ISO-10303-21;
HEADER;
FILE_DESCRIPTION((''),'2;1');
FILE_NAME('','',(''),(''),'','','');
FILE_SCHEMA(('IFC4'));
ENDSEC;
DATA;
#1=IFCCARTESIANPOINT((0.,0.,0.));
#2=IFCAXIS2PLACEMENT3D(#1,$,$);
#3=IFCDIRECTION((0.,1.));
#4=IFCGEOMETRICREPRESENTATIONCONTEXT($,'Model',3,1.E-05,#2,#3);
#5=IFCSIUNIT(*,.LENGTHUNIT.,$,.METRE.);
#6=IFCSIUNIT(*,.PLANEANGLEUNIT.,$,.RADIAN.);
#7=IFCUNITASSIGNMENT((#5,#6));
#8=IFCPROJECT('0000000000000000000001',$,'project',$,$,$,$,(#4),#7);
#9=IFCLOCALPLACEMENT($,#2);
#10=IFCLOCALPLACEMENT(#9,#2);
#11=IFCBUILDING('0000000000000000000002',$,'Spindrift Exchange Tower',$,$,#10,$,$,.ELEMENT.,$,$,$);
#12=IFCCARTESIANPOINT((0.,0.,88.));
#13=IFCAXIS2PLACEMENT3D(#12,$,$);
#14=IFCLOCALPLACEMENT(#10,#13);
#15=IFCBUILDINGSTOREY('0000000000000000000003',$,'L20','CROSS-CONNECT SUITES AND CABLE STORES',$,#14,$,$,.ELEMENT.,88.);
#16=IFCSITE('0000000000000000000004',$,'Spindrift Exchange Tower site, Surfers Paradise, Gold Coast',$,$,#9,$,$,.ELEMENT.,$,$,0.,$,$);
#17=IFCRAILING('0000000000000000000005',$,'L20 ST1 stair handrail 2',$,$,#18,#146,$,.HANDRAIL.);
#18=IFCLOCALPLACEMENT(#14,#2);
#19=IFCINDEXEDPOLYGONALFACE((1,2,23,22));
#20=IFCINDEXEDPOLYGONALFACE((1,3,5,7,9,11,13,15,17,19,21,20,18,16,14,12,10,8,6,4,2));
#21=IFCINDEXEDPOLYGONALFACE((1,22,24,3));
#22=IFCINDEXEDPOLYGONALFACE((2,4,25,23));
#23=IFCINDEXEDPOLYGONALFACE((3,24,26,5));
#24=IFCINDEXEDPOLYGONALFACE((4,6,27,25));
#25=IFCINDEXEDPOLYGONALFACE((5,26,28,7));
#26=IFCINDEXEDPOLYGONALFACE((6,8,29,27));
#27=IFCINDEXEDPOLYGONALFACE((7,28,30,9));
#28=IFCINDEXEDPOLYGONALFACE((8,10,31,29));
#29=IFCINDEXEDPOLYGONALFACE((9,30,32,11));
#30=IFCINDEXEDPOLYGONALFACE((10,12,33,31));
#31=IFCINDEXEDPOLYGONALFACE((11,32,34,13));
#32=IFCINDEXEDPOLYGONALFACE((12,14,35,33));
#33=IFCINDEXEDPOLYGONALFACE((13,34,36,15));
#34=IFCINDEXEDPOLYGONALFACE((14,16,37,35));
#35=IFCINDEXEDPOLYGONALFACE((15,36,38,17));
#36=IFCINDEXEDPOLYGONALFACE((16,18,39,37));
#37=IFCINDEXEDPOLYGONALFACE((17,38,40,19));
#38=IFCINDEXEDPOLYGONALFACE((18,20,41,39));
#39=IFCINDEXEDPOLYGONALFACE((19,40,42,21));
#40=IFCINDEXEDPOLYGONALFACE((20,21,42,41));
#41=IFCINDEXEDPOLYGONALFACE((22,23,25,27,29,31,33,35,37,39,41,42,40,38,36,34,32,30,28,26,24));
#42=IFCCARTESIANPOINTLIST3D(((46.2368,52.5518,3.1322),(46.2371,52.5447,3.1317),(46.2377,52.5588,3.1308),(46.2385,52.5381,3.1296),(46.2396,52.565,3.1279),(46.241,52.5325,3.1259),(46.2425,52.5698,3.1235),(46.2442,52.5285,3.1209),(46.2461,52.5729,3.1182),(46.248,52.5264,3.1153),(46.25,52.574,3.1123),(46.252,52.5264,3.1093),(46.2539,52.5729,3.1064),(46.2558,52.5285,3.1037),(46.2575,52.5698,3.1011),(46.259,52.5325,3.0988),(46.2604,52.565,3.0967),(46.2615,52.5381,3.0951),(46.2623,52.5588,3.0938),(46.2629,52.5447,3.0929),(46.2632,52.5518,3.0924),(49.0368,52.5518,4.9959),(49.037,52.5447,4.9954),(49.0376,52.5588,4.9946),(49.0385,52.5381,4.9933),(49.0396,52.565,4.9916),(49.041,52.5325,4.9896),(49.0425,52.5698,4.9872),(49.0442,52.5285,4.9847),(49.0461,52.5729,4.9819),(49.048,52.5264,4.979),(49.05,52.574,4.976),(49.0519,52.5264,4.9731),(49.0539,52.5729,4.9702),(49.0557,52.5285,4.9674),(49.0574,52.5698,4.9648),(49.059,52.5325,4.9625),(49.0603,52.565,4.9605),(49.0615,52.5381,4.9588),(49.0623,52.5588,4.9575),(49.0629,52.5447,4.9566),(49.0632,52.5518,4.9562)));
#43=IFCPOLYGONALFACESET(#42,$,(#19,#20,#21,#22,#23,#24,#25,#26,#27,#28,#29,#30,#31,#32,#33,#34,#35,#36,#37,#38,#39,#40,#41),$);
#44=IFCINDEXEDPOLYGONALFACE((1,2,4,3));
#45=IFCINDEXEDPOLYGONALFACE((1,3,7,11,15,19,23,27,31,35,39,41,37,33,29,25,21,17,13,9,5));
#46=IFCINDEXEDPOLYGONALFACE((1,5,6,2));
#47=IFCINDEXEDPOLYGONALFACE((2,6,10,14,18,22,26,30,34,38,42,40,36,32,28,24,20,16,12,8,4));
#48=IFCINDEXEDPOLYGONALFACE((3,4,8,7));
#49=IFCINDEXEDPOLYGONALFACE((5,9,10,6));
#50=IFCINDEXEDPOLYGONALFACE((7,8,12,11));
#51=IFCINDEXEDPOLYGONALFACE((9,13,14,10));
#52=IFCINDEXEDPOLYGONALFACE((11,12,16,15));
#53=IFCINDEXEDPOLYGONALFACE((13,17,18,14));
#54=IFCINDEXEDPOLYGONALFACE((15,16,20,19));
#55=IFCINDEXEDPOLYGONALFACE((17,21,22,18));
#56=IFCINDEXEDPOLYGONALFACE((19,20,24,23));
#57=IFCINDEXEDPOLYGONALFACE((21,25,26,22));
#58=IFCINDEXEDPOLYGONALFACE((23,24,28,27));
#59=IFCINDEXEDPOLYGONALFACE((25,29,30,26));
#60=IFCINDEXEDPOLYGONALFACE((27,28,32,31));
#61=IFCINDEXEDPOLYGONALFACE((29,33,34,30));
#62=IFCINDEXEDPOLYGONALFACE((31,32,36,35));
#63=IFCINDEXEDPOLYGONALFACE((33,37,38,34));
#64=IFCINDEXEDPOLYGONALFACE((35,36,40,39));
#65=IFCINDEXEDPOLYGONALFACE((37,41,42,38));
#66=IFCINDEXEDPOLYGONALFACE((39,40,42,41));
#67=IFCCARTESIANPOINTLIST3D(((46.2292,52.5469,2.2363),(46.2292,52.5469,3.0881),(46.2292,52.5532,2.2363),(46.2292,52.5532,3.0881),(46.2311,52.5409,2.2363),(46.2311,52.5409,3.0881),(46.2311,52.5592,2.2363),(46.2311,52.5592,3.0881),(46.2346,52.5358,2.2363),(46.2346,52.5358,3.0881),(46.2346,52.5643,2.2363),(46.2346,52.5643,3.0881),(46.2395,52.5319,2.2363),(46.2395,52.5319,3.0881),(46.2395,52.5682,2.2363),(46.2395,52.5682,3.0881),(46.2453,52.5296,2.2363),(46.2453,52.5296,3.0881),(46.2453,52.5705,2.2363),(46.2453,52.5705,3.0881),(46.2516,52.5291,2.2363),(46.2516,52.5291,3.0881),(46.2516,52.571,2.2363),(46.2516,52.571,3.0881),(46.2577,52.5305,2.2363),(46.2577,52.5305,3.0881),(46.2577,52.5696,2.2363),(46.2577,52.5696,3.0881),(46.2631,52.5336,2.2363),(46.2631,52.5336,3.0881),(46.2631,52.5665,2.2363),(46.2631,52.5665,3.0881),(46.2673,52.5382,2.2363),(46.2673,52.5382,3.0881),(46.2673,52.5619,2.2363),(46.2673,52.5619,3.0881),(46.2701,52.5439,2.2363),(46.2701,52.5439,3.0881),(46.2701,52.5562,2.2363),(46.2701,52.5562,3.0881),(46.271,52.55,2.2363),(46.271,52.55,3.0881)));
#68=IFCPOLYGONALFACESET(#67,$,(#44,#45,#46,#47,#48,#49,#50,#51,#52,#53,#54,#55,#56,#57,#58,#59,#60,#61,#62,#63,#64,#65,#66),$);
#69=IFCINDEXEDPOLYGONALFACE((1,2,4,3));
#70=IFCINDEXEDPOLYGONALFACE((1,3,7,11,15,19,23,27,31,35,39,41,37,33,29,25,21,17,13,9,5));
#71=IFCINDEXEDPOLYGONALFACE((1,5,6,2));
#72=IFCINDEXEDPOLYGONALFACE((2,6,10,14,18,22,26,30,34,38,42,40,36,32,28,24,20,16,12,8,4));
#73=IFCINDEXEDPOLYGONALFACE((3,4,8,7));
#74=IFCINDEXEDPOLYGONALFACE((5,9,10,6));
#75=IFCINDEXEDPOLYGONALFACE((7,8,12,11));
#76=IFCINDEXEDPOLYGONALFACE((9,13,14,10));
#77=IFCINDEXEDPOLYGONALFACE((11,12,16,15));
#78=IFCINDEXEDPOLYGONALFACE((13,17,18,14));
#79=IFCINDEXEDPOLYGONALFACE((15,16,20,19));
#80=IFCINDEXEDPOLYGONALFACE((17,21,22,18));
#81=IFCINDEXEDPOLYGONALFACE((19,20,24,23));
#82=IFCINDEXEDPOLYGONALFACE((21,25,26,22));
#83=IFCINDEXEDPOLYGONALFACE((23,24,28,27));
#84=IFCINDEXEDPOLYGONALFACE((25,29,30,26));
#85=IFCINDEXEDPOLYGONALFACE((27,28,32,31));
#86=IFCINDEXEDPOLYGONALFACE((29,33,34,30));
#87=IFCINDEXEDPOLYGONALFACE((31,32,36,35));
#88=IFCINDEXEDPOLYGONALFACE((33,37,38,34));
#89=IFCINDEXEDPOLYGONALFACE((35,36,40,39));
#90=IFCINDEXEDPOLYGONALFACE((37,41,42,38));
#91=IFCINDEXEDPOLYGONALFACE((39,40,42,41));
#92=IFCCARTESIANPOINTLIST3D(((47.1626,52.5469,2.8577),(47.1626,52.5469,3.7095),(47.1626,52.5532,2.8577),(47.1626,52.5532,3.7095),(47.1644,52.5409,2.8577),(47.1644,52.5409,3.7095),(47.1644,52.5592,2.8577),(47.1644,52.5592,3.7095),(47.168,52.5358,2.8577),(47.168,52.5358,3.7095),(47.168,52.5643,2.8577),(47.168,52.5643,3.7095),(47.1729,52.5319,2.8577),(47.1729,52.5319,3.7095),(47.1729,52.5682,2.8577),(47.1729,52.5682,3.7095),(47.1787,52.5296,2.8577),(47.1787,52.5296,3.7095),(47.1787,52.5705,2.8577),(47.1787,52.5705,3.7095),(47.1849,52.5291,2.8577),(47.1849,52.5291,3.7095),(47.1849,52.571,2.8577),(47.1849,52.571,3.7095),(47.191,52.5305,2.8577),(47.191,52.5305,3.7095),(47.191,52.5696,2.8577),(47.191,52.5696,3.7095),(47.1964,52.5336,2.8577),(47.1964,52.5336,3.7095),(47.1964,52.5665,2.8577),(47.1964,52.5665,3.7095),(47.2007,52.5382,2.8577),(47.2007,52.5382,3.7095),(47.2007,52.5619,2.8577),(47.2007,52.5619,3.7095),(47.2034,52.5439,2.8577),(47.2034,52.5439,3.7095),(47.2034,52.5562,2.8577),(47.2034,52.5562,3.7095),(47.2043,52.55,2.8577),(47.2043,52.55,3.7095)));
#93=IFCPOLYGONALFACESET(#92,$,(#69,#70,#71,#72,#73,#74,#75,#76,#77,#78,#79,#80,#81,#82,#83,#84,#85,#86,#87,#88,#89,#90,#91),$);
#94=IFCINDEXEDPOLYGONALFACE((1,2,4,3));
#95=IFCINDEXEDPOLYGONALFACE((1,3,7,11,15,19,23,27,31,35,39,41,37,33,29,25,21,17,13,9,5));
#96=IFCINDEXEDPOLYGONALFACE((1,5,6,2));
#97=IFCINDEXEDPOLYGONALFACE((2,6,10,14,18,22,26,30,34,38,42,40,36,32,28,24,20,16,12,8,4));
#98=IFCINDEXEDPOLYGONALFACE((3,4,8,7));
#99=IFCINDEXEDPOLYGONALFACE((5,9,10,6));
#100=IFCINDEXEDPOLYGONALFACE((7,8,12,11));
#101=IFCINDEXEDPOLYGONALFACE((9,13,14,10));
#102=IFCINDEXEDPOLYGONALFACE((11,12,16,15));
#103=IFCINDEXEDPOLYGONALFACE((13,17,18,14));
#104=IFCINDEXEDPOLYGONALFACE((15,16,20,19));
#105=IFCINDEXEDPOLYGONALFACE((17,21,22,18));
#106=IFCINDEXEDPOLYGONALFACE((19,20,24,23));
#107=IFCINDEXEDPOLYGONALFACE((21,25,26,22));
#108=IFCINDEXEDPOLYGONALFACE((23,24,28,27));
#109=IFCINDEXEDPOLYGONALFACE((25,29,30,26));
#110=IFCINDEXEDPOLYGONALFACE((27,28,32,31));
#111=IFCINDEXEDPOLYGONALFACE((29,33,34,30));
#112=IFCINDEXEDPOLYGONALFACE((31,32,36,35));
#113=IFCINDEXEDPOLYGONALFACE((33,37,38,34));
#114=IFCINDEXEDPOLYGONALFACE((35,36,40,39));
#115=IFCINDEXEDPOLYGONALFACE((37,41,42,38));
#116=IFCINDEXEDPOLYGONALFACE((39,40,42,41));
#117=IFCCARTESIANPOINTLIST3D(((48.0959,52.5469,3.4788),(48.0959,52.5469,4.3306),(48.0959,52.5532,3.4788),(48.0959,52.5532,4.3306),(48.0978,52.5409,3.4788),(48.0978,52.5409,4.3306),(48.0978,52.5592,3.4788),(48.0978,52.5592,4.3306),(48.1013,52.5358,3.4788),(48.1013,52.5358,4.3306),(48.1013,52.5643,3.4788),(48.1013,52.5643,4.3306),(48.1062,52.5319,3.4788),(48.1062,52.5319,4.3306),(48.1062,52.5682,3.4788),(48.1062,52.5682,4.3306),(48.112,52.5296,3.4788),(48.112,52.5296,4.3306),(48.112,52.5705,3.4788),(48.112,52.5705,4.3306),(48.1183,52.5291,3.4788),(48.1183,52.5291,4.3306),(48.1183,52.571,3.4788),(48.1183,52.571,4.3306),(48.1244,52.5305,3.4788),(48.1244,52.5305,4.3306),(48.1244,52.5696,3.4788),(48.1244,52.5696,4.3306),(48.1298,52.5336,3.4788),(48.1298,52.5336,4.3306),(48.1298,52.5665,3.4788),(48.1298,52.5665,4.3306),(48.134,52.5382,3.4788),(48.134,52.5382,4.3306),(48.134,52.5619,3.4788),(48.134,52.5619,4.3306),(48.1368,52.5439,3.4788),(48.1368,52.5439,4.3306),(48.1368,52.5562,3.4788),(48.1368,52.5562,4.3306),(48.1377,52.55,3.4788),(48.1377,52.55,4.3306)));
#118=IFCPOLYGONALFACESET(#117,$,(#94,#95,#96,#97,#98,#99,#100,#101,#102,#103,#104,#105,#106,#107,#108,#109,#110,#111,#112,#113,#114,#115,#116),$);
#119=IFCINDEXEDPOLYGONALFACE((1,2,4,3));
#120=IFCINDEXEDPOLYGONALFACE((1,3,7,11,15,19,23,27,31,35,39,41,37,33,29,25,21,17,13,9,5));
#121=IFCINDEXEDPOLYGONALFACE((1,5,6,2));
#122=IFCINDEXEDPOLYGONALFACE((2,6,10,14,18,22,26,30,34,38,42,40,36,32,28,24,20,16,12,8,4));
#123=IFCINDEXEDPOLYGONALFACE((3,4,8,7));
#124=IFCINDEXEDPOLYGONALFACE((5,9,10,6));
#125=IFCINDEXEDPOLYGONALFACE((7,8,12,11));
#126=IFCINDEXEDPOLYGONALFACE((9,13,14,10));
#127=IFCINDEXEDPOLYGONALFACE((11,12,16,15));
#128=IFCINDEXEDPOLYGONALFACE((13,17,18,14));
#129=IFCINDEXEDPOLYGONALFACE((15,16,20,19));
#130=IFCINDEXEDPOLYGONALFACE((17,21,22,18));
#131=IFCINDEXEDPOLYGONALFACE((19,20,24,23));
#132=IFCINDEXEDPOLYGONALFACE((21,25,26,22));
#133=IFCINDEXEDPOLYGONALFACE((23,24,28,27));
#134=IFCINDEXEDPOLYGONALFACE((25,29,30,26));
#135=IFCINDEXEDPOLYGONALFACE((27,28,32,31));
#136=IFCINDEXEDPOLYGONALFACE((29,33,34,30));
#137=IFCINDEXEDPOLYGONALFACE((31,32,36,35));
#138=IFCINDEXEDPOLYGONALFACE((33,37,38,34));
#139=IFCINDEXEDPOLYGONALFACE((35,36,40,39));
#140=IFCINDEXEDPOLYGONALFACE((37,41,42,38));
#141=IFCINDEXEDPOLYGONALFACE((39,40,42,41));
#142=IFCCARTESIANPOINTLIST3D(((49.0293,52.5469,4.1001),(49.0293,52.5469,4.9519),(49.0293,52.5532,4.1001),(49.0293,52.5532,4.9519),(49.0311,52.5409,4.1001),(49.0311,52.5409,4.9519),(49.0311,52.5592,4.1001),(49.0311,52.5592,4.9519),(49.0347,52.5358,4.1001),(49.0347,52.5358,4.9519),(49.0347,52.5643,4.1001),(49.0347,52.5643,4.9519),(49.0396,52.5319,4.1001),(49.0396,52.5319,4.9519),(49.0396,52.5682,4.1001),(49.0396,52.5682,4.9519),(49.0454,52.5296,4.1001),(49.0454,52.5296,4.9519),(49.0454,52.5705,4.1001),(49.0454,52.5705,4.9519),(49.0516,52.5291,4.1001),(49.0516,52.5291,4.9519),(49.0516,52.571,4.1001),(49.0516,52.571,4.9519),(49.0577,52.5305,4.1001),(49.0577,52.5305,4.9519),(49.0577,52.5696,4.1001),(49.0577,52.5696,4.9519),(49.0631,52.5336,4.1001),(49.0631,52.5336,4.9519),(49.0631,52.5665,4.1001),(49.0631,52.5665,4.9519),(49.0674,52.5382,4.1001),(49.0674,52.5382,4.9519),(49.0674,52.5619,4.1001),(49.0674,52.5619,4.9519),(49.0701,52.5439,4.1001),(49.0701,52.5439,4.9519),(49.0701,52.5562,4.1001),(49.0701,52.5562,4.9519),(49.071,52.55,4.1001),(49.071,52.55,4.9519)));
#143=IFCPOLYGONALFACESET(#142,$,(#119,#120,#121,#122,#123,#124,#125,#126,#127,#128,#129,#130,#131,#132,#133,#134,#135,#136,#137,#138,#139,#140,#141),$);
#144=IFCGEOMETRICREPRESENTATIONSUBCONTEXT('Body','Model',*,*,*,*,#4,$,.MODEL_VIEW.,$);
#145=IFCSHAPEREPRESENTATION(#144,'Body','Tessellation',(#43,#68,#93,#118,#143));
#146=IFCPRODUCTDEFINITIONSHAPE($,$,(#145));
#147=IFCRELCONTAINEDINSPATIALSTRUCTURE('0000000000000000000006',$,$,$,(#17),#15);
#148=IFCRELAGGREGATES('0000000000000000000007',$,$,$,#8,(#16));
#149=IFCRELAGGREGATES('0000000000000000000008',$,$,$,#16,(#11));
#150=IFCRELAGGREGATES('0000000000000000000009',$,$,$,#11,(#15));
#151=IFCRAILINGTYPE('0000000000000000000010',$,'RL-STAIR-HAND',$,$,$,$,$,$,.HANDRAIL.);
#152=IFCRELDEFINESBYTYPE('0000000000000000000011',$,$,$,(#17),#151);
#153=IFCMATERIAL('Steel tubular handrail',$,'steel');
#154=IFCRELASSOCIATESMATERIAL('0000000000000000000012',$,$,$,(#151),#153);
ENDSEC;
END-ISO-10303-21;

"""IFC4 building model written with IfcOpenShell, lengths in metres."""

from ifc_helpers import new_model, si_unit, direction, frame, origin, origin_2d, place, context, subcontext, project, spatial, circle, extrude, material, type_object, element, save


model = new_model("IFC4")

# Units and contexts
model_context = context("Model", 3, precision=1e-05, world=origin(), true_north=direction((0.0, 1.0)))
body_context = subcontext(model_context, "Body", "Model", "MODEL_VIEW")
ifc_project = project(units=[si_unit("LENGTHUNIT", "METRE"), si_unit("PLANEANGLEUNIT", "RADIAN")], contexts=[model_context])

# Site, building, storey
site_placement = place(None, origin())
site = spatial("IfcSite", under=ifc_project, at=site_placement, Name="Spindrift Exchange Tower site, Surfers Paradise, Gold Coast", CompositionType="ELEMENT", RefElevation=0.0)
building_placement = place(site_placement, origin())
building = spatial("IfcBuilding", under=site, at=building_placement, Name="Spindrift Exchange Tower", CompositionType="ELEMENT")
storey_placement = place(building_placement, frame((0.0, 0.0, 88.0)))
storey = spatial("IfcBuildingStorey", under=building, at=storey_placement, Name="L20", Description="CROSS-CONNECT SUITES AND CABLE STORES", CompositionType="ELEMENT", Elevation=88.0)

# Railing
ifc_material_1 = material(Name="Steel tubular handrail", Category="steel")
railing_type = type_object("IfcRailingType", Name="RL-STAIR-HAND", PredefinedType="HANDRAIL", material=ifc_material_1)
railing_placement = place(storey_placement, frame((46.25, 52.55, 2.2363)))
element("IfcRailing", 1, at=railing_placement, inside=storey, type_object=railing_type, Name="L20 ST1 stair handrail 2", PredefinedType="HANDRAIL", context=body_context, shape_type="SweptSolid", body=[
    extrude(circle(Radius=0.0239, at=origin_2d()), frame((0.0, 0.0, 0.876), z_axis=(0.832452, 0.0, 0.554097), x_axis=(0.0, 1.0, 0.0)), (0.0, 0.0, 1.0), 3.3635),
    extrude(circle(Radius=0.021, at=origin_2d()), origin(), (0.0, 0.0, 1.0), 0.8518),
    extrude(circle(Radius=0.021, at=origin_2d()), frame((0.9333, 0.0, 0.6213)), (0.0, 0.0, 1.0), 0.8518),
    extrude(circle(Radius=0.021, at=origin_2d()), frame((1.8667, 0.0, 1.2424)), (0.0, 0.0, 1.0), 0.8518),
    extrude(circle(Radius=0.021, at=origin_2d()), frame((2.8, 0.0, 1.8638)), (0.0, 0.0, 1.0), 0.8518),
])

save(model, "model.ifc")
